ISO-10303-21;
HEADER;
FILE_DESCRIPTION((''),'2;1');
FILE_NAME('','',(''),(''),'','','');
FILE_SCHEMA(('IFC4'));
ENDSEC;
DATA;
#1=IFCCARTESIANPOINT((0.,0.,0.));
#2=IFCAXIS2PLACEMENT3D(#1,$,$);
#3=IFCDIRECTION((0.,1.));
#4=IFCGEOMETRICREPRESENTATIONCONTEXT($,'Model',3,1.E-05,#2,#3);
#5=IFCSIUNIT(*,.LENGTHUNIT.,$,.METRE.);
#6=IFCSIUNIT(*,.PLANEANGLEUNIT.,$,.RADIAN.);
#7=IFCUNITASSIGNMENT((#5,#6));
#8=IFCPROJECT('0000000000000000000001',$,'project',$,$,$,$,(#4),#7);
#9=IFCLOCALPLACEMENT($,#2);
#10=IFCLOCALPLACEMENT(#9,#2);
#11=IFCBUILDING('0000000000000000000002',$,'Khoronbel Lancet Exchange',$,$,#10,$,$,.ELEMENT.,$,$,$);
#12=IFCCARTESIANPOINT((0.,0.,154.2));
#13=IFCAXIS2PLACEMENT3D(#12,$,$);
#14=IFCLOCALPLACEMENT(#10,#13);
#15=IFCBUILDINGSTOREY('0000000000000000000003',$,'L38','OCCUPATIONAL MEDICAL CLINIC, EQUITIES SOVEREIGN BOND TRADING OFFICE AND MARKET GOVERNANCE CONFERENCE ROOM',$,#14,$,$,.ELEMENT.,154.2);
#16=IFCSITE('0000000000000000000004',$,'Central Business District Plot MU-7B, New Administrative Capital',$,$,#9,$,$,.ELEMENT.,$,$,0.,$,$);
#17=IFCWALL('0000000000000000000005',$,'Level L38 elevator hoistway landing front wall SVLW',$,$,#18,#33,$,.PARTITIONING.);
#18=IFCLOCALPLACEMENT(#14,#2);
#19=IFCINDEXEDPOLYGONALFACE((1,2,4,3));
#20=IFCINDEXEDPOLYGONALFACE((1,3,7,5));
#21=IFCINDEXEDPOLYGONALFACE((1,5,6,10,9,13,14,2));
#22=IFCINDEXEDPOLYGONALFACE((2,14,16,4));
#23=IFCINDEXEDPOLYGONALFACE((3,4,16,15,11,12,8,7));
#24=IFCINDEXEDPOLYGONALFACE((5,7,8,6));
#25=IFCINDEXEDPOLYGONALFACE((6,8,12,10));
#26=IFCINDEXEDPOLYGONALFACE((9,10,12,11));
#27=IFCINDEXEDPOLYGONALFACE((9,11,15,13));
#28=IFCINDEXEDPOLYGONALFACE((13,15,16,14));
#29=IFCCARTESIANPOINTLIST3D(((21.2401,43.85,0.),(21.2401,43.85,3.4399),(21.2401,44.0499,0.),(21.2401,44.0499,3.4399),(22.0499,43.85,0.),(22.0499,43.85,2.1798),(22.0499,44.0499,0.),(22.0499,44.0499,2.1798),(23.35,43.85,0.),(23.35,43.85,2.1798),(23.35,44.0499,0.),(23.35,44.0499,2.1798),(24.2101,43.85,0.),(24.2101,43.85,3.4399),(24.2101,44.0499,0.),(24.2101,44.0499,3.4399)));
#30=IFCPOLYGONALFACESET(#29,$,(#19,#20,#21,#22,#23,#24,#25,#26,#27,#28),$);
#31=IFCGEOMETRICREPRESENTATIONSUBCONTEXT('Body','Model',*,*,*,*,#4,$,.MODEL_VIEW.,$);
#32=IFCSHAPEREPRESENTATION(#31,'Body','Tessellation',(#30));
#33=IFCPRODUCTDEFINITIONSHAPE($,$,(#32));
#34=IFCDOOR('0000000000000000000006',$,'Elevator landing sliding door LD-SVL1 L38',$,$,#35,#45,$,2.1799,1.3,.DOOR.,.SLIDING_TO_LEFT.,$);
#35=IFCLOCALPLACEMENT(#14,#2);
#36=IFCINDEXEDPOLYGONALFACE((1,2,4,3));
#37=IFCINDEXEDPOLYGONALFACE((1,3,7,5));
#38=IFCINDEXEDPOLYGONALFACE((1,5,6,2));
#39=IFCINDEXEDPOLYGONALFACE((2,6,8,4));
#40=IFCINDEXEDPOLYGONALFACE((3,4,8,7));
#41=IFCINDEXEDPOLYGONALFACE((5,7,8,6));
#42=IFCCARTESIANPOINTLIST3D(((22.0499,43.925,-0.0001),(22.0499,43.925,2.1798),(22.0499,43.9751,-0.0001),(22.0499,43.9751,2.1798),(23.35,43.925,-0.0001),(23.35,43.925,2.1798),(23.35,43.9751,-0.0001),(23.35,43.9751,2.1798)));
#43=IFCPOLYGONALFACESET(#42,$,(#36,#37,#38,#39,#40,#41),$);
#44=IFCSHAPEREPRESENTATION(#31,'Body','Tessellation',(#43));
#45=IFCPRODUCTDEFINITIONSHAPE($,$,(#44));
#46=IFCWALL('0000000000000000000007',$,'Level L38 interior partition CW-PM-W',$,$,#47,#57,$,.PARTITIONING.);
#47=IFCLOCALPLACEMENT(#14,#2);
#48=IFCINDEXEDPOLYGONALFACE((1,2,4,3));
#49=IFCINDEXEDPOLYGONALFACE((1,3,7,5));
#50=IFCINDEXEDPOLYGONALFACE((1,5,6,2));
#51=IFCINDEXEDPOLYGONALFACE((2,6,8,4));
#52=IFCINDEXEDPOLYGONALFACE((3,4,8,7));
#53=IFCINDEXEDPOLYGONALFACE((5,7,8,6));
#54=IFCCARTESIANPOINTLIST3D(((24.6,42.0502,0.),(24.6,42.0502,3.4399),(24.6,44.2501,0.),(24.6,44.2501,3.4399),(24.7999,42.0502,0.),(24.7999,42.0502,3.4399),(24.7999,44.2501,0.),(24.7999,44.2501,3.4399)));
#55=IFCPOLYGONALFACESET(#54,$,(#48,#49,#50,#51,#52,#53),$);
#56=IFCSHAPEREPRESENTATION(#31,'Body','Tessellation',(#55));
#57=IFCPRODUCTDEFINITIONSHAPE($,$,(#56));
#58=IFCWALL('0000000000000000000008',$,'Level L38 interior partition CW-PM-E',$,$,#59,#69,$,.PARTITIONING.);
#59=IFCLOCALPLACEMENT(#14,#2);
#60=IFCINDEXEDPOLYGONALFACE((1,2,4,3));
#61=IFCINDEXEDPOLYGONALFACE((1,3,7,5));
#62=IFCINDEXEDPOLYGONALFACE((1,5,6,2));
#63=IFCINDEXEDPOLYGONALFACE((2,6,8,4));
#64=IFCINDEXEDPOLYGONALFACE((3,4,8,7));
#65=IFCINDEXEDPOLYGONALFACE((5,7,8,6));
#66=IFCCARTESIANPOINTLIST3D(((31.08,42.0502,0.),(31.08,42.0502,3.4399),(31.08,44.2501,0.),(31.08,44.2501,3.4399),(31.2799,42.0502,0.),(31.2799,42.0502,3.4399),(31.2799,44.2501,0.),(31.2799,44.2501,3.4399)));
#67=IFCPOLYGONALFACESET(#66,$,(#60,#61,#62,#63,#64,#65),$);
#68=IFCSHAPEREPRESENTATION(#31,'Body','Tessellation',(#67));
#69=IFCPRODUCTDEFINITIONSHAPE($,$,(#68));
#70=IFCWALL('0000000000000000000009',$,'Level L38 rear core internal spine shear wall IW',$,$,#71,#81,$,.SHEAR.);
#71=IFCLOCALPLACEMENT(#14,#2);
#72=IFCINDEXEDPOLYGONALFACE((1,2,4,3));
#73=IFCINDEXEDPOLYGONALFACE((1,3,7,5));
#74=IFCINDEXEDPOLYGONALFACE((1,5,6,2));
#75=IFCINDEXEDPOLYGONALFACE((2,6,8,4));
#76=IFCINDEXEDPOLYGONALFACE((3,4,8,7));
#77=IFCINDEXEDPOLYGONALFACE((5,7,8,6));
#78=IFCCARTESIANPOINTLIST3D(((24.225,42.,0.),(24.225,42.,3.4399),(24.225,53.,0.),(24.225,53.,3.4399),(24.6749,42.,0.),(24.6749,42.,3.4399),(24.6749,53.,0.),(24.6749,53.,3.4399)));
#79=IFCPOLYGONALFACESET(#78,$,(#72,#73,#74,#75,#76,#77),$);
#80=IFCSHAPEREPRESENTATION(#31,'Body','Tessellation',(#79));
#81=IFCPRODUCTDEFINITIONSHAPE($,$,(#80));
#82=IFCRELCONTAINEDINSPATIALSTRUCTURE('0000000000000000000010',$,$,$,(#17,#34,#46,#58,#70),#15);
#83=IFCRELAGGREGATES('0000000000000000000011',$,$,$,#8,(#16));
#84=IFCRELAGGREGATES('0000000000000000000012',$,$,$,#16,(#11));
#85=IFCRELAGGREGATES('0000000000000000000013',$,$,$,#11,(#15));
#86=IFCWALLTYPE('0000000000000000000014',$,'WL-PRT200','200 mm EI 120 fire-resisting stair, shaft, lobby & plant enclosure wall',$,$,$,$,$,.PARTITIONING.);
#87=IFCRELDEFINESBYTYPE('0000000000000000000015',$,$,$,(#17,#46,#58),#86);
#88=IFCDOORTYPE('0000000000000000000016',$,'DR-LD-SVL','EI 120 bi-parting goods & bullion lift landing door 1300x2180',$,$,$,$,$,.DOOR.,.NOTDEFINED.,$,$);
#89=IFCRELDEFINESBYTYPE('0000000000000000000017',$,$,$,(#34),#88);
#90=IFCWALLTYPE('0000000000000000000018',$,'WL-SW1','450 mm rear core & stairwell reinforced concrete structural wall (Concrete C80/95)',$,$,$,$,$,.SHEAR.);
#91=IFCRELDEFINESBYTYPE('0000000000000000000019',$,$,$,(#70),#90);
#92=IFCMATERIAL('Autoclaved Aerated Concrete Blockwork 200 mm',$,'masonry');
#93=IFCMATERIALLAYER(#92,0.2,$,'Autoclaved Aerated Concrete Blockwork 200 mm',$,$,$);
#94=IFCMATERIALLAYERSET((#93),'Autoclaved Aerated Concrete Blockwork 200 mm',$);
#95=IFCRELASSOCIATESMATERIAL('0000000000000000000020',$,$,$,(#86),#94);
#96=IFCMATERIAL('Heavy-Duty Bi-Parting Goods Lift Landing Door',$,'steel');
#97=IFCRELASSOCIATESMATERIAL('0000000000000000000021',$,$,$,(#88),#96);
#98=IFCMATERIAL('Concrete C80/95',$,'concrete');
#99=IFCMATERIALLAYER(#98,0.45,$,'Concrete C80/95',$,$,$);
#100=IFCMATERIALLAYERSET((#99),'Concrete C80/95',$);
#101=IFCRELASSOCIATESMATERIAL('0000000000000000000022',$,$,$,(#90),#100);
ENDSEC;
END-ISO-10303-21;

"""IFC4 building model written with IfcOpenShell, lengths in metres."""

from ifc_helpers import new_model, si_unit, direction, frame, frame_2d, origin, place, context, subcontext, project, spatial, rectangle, extrude, material, layer, layer_set, type_object, element, fill, save


model = new_model("IFC4")

# Units and contexts
model_context = context("Model", 3, precision=1e-05, world=origin(), true_north=direction((0.0, 1.0)))
body_context = subcontext(model_context, "Body", "Model", "MODEL_VIEW")
ifc_project = project(units=[si_unit("LENGTHUNIT", "METRE"), si_unit("PLANEANGLEUNIT", "RADIAN")], contexts=[model_context])

# Site, building, storey
site_placement = place(None, origin())
site = spatial("IfcSite", under=ifc_project, at=site_placement, Name="Central Business District Plot MU-7B, New Administrative Capital", CompositionType="ELEMENT", RefElevation=0.0)
building_placement = place(site_placement, origin())
building = spatial("IfcBuilding", under=site, at=building_placement, Name="Khoronbel Lancet Exchange", CompositionType="ELEMENT")
storey_placement = place(building_placement, frame((0.0, 0.0, 154.2)))
storey = spatial("IfcBuildingStorey", under=building, at=storey_placement, Name="L38", Description="OCCUPATIONAL MEDICAL CLINIC, EQUITIES SOVEREIGN BOND TRADING OFFICE AND MARKET GOVERNANCE CONFERENCE ROOM", CompositionType="ELEMENT", Elevation=154.2)

# Shared definitions
ifc_material_1 = material(Name="Concrete C80/95", Category="concrete")

# Wall, opening, door
ifc_material_2 = material(Name="Autoclaved Aerated Concrete Blockwork 200 mm", Category="masonry")
ifc_layer_1 = layer(ifc_material_2, 0.2, Name="Autoclaved Aerated Concrete Blockwork 200 mm")
ifc_layer_set_1 = layer_set([ifc_layer_1], Name="Autoclaved Aerated Concrete Blockwork 200 mm")
wall_type_1 = type_object("IfcWallType", Name="WL-PRT200", Description="200 mm EI 120 fire-resisting stair, shaft, lobby & plant enclosure wall", PredefinedType="PARTITIONING", material=ifc_layer_set_1)
wall_1_placement = place(storey_placement, frame((24.21, 43.95, 0.0), z_axis=(0.0, 0.0, 1.0), x_axis=(-1.0, 0.0, 0.0)))
wall_1 = element("IfcWall", 1, at=wall_1_placement, inside=storey, type_object=wall_type_1, Name="Level L38 elevator hoistway landing front wall SVLW", PredefinedType="PARTITIONING", context=body_context, shape_type="SweptSolid", body=[
    extrude(rectangle(XDim=2.97, YDim=0.2, at=frame_2d((1.4849, 0.0))), origin(), (0.0, 0.0, 1.0), 3.4399),
])
opening_1_placement = place(wall_1_placement, frame((0.8601, 0.0, 0.0)))
opening_1 = element("IfcOpeningElement", 2, at=opening_1_placement, cuts=wall_1, PredefinedType="OPENING", context=body_context, shape_type="SweptSolid", body=[
    extrude(rectangle(XDim=1.3, YDim=2.1799, at=frame_2d((0.6499, 1.0898))), frame((0.0, 0.1099, 0.0), z_axis=(0.0, -1.0, 0.0), x_axis=(1.0, 0.0, 0.0)), (0.0, 0.0, 1.0), 0.22),
])
ifc_material_3 = material(Name="Heavy-Duty Bi-Parting Goods Lift Landing Door", Category="steel")
door_type_1 = type_object("IfcDoorType", Name="DR-LD-SVL", Description="EI 120 bi-parting goods & bullion lift landing door 1300x2180", OperationType="NOTDEFINED", PredefinedType="DOOR", material=ifc_material_3)
door_1_placement = place(opening_1_placement, origin())
door_1 = element("IfcDoor", 3, at=door_1_placement, inside=storey, type_object=door_type_1, Name="Elevator landing sliding door LD-SVL1 L38", OperationType="SLIDING_TO_LEFT", OverallHeight=2.1799, OverallWidth=1.3, PredefinedType="DOOR", context=body_context, shape_type="SweptSolid", body=[
    extrude(rectangle(XDim=1.3, YDim=2.1799, at=frame_2d((0.6499, 1.0898))), frame((0.0, 0.0249, 0.0), z_axis=(0.0, -1.0, 0.0), x_axis=(1.0, 0.0, 0.0)), (0.0, 0.0, 1.0), 0.05),
])
fill(opening_1, door_1)

# Walls
for number, where, z_axis, x_axis, name in (
    (4, (24.7, 42.05, 0.0), (0.0, 0.0, 1.0), (0.0, 1.0, 0.0), "Level L38 interior partition CW-PM-W"),
    (5, (31.1799, 42.05, 0.0), (0.0, 0.0, 1.0), (0.0, 1.0, 0.0), "Level L38 interior partition CW-PM-E"),
):
    element("IfcWall", number, at=place(storey_placement, frame(where, z_axis=z_axis, x_axis=x_axis)), inside=storey, type_object=wall_type_1, Name=name, PredefinedType="PARTITIONING", context=body_context, shape_type="SweptSolid", body=[
        extrude(rectangle(XDim=2.2, YDim=0.2, at=frame_2d((1.1001, 0.0))), origin(), (0.0, 0.0, 1.0), 3.4399),
    ])
ifc_layer_2 = layer(ifc_material_1, 0.45, Name="Concrete C80/95")
ifc_layer_set_2 = layer_set([ifc_layer_2], Name="Concrete C80/95")
wall_type_2 = type_object("IfcWallType", Name="WL-SW1", Description="450 mm rear core & stairwell reinforced concrete structural wall (Concrete C80/95)", PredefinedType="SHEAR", material=ifc_layer_set_2)
wall_2_placement = place(storey_placement, frame((24.45, 42.0, 0.0), z_axis=(0.0, 0.0, 1.0), x_axis=(0.0, 1.0, 0.0)))
element("IfcWall", 6, at=wall_2_placement, inside=storey, type_object=wall_type_2, Name="Level L38 rear core internal spine shear wall IW", PredefinedType="SHEAR", context=body_context, shape_type="SweptSolid", body=[
    extrude(rectangle(XDim=11.0, YDim=0.45, at=frame_2d((5.5, 0.0))), origin(), (0.0, 0.0, 1.0), 3.4399),
])

save(model, "model.ifc")
